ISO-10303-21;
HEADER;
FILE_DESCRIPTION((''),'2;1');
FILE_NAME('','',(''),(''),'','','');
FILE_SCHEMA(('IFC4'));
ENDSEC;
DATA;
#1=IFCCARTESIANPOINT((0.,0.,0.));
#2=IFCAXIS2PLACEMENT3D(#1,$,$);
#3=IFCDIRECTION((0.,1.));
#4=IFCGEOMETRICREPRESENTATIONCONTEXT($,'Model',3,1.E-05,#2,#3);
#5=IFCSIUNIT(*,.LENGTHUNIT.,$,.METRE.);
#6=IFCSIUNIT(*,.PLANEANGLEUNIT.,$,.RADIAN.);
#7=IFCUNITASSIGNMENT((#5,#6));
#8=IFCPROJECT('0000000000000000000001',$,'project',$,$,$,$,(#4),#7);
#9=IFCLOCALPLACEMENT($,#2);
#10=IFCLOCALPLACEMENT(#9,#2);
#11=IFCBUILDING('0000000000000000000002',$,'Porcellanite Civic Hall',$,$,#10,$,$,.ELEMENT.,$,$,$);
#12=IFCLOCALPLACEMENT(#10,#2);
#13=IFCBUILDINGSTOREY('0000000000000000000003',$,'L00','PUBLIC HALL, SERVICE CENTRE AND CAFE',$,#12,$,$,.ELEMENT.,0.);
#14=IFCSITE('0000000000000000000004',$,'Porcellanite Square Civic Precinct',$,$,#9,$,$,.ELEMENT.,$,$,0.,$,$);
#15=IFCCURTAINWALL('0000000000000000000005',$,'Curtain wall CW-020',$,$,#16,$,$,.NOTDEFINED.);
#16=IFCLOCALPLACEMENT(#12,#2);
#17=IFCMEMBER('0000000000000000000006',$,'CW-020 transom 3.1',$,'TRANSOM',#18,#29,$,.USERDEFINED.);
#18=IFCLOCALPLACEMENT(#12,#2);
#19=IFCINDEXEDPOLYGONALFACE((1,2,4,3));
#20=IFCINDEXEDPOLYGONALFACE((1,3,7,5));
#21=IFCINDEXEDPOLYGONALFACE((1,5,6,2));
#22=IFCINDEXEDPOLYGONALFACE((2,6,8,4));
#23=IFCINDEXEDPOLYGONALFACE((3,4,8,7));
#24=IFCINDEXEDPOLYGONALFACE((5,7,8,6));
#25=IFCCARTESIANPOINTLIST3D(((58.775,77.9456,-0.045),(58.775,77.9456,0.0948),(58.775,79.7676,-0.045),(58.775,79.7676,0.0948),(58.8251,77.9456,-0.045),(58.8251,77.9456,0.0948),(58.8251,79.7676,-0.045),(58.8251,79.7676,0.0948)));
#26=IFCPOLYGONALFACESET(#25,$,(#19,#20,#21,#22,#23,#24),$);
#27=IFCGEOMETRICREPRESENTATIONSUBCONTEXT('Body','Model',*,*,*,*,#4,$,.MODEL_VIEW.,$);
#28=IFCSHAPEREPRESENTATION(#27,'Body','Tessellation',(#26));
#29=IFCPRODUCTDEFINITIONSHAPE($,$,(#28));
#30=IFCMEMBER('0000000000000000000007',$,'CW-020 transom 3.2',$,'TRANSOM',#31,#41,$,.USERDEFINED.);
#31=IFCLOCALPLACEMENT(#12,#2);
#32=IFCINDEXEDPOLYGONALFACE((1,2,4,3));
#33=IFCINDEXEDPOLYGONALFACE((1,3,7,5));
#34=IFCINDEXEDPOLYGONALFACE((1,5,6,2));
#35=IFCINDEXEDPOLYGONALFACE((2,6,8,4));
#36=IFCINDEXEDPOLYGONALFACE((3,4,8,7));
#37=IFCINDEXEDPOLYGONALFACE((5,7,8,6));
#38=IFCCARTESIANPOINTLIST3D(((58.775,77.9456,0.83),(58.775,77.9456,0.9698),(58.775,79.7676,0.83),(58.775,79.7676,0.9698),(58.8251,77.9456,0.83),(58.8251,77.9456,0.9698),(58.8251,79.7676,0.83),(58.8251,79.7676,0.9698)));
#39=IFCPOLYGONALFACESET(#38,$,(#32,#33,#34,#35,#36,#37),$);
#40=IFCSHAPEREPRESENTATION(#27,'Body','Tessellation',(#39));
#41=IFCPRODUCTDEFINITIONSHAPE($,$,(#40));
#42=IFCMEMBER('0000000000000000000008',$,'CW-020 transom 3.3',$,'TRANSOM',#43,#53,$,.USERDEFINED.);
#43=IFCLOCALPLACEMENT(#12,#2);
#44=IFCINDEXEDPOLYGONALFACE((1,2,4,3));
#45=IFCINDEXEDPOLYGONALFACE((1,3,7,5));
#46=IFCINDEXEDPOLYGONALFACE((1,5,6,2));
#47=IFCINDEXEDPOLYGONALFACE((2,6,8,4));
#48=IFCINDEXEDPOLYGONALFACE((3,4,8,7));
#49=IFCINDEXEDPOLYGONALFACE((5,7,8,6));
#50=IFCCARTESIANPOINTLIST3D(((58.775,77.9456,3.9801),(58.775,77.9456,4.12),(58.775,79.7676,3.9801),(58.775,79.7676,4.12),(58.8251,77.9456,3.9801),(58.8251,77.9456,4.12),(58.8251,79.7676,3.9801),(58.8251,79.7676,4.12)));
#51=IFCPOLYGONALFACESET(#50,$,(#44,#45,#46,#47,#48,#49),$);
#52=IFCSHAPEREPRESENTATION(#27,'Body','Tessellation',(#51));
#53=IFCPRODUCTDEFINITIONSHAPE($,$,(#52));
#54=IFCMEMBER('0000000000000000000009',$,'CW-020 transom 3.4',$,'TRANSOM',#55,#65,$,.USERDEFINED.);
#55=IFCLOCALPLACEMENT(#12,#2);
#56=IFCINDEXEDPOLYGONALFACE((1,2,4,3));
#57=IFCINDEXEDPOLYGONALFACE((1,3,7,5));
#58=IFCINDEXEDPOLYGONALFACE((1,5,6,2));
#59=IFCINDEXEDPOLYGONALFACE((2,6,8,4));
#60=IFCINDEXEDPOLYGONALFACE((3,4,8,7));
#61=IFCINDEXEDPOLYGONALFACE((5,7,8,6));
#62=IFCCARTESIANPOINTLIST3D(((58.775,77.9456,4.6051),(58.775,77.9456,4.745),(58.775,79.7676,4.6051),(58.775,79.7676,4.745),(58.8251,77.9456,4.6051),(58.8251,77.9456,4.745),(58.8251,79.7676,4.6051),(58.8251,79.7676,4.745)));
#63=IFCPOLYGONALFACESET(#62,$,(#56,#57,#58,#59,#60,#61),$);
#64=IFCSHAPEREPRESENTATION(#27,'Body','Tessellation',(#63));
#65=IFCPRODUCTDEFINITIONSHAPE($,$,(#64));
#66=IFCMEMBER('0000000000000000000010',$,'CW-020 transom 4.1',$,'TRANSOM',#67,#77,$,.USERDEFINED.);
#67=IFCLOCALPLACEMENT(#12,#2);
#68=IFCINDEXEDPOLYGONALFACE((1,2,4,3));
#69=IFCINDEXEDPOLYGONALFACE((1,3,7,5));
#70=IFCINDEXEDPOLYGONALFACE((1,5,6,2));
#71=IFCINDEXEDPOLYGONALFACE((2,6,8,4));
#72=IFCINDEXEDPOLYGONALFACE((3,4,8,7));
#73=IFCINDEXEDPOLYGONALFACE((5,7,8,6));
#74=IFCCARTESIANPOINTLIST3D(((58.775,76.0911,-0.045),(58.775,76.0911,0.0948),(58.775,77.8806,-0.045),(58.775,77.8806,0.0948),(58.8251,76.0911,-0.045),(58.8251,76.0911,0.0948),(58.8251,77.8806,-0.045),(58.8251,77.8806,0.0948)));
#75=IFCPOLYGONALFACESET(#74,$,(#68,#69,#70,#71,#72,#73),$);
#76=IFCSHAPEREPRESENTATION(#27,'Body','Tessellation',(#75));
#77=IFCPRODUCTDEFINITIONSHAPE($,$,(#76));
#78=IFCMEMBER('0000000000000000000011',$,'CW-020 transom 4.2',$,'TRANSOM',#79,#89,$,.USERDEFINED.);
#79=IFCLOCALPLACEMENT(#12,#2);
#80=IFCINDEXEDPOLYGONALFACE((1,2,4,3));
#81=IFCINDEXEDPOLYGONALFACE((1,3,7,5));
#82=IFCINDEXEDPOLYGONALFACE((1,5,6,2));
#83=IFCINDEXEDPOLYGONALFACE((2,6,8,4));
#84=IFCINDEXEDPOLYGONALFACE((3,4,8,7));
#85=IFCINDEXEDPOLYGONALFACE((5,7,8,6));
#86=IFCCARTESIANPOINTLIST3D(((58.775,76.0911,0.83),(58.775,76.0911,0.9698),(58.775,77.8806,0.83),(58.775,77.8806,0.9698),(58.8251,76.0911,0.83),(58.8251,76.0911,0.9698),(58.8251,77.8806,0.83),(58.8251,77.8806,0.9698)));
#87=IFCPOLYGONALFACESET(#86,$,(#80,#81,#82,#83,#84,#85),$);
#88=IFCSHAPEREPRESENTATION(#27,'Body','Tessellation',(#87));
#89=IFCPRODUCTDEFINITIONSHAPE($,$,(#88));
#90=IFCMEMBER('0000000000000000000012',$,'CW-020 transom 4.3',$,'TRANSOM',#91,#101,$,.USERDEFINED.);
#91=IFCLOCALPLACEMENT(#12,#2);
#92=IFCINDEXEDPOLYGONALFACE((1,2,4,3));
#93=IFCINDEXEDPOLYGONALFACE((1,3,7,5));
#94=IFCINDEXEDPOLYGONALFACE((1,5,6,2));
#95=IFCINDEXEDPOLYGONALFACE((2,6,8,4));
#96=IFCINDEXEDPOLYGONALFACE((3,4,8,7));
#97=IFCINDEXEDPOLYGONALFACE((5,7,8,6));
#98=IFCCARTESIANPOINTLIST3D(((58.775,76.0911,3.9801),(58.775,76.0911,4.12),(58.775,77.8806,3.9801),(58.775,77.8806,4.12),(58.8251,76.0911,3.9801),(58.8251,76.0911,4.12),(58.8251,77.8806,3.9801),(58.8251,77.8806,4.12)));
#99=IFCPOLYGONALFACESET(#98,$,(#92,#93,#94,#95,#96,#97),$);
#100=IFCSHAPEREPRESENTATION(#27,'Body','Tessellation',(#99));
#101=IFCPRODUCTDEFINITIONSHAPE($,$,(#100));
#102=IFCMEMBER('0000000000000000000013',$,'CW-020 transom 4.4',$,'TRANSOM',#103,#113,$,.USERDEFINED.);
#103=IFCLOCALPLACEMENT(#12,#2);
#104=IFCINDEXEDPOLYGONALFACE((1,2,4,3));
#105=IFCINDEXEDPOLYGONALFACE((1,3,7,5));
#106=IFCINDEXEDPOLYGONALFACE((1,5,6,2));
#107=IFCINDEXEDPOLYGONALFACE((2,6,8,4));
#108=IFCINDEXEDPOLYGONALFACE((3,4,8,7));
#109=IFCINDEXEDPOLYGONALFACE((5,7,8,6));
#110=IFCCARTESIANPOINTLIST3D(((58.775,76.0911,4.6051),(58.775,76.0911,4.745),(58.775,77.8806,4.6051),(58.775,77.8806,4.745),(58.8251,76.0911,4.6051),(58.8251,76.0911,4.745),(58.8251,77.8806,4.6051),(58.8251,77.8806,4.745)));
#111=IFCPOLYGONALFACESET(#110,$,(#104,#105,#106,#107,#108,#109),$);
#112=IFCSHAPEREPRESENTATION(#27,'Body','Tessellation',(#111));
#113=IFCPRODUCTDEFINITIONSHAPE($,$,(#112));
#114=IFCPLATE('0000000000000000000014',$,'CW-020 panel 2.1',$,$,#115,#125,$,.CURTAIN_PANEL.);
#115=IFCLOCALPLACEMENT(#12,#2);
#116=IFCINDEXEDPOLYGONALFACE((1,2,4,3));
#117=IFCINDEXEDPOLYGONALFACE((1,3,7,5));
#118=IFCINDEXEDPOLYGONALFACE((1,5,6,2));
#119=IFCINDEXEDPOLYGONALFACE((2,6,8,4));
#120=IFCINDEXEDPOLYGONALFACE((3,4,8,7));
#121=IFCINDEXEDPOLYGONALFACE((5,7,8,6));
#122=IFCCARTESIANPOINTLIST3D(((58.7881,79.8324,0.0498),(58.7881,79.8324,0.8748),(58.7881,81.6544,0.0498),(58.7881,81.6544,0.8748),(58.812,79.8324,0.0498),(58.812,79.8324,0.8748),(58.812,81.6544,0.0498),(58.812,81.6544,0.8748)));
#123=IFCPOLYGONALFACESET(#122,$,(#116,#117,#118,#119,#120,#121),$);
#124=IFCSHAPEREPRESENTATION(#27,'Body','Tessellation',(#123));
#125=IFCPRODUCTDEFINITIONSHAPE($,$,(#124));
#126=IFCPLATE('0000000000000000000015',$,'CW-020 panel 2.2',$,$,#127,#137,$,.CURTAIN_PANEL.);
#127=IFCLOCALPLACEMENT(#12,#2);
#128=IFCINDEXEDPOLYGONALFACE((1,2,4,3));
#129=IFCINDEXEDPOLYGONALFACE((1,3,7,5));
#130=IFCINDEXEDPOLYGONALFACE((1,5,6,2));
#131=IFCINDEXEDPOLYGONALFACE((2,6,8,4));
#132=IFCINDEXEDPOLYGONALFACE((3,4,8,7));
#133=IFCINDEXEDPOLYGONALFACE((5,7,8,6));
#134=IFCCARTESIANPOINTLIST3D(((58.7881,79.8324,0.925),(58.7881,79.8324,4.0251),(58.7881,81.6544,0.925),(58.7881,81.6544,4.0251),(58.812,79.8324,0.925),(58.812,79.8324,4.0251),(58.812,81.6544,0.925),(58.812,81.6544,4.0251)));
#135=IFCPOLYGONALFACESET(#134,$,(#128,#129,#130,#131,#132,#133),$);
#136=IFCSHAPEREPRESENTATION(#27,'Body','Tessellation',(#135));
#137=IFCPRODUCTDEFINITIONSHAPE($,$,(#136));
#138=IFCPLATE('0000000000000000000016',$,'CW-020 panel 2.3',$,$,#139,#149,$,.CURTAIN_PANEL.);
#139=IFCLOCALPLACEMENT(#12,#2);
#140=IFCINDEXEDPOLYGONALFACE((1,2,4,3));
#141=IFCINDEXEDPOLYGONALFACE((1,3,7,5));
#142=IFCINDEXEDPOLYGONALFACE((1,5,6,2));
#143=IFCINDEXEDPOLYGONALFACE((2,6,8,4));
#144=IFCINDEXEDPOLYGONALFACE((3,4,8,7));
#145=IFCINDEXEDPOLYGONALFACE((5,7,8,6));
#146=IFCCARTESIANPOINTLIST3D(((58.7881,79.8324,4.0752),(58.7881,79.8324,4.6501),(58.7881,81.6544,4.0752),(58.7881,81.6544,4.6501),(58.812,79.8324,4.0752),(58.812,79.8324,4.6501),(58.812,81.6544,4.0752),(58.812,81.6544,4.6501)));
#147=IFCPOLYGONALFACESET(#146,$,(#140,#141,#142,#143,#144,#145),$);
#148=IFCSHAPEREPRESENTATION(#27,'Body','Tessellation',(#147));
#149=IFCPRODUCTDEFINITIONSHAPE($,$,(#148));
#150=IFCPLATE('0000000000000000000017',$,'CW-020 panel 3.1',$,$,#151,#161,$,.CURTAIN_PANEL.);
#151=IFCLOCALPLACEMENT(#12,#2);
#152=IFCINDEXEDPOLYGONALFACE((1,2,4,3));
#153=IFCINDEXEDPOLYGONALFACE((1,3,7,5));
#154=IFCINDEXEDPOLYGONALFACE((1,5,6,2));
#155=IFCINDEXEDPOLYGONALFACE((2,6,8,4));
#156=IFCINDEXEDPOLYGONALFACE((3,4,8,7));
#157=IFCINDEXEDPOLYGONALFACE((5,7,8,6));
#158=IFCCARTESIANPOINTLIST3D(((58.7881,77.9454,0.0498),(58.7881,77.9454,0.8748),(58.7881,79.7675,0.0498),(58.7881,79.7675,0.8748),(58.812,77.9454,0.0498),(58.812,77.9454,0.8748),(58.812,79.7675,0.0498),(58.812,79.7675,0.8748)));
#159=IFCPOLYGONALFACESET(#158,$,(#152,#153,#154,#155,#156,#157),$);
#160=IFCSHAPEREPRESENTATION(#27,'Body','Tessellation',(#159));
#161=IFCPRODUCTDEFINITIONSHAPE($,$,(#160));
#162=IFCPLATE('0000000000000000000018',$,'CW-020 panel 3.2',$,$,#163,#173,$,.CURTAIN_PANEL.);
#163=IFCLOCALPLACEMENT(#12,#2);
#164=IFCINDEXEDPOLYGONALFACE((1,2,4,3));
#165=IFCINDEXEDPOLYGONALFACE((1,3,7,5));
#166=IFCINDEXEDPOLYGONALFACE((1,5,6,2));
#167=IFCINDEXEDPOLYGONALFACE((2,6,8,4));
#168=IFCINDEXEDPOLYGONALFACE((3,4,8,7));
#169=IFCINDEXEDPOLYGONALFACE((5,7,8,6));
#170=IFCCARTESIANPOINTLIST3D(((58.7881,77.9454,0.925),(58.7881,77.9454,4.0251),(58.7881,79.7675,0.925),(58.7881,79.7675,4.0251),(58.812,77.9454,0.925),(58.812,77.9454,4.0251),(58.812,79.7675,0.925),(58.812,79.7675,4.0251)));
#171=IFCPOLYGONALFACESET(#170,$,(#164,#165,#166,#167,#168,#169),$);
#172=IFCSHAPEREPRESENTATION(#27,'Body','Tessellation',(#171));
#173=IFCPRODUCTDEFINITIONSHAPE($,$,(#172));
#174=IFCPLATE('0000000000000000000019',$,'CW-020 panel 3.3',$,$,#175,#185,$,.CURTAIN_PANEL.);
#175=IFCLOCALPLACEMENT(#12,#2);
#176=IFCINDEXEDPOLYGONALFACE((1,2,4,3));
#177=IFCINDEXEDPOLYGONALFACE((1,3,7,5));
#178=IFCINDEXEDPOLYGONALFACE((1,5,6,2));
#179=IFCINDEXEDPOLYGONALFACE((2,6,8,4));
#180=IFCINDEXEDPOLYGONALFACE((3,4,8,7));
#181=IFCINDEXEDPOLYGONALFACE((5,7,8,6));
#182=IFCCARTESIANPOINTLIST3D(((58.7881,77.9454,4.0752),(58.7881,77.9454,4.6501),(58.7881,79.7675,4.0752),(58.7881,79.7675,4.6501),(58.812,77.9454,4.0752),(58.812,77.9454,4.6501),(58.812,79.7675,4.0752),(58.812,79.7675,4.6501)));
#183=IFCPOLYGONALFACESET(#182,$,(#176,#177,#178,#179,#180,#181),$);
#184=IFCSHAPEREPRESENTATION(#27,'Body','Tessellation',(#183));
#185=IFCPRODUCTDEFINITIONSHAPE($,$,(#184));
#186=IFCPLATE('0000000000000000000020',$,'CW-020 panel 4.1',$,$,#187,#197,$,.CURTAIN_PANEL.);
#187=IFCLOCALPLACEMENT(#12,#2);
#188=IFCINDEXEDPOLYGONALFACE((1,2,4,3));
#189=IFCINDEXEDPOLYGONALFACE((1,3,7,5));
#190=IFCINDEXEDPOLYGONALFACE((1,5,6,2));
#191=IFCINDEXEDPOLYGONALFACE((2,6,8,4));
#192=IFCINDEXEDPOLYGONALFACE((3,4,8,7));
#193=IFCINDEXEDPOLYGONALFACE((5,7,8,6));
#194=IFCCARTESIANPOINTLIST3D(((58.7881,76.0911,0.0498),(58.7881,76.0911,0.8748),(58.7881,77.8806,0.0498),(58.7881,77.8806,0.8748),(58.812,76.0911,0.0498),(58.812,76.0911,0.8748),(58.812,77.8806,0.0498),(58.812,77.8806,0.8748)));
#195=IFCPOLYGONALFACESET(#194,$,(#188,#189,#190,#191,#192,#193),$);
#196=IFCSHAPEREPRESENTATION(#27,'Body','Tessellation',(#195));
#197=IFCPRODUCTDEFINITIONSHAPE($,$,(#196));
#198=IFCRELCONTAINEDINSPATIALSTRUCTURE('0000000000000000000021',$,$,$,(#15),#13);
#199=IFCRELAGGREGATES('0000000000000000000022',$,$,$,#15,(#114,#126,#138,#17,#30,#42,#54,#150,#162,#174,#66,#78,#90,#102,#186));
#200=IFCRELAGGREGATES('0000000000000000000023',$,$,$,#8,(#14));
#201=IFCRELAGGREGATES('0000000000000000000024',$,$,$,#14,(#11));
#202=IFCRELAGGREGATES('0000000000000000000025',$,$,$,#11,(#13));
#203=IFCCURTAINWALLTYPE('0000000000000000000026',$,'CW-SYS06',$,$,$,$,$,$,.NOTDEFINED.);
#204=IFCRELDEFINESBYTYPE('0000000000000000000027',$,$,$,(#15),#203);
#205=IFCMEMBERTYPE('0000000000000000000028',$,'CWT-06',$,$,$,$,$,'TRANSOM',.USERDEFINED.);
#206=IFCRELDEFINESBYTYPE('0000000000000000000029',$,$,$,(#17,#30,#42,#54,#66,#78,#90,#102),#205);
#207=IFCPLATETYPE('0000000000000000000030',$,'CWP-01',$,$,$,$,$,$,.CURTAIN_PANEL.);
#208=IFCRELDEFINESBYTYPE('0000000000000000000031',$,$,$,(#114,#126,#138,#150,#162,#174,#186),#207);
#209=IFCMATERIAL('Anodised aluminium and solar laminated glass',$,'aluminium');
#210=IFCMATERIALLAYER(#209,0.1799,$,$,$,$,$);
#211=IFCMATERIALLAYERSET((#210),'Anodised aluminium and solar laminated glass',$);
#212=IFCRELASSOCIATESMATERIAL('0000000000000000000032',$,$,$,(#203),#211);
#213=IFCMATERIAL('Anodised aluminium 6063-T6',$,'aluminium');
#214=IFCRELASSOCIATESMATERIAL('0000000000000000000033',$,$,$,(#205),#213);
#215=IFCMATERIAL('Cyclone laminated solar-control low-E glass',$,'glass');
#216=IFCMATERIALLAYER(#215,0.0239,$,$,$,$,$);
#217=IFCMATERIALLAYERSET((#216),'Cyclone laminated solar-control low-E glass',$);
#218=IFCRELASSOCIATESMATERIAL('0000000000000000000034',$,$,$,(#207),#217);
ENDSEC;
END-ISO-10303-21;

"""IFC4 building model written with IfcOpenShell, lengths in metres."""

from ifc_helpers import new_model, si_unit, direction, frame, origin, origin_2d, place, context, subcontext, project, spatial, rectangle, extrude, material, layer, layer_set, material_profile, profile_set, type_object, element, aggregate, save


model = new_model("IFC4")

# Units and contexts
model_context = context("Model", 3, precision=1e-05, world=origin(), true_north=direction((0.0, 1.0)))
body_context = subcontext(model_context, "Body", "Model", "MODEL_VIEW")
ifc_project = project(units=[si_unit("LENGTHUNIT", "METRE"), si_unit("PLANEANGLEUNIT", "RADIAN")], contexts=[model_context])

# Site, building, storey
site_placement = place(None, origin())
site = spatial("IfcSite", under=ifc_project, at=site_placement, Name="Porcellanite Square Civic Precinct", CompositionType="ELEMENT", RefElevation=0.0)
building_placement = place(site_placement, origin())
building = spatial("IfcBuilding", under=site, at=building_placement, Name="Porcellanite Civic Hall", CompositionType="ELEMENT")
storey_placement = place(building_placement, origin())
storey = spatial("IfcBuildingStorey", under=building, at=storey_placement, Name="L00", Description="PUBLIC HALL, SERVICE CENTRE AND CAFE", CompositionType="ELEMENT", Elevation=0.0)

# Curtain wall
ifc_material_1 = material(Name="Anodised aluminium and solar laminated glass", Category="aluminium")
ifc_layer_1 = layer(ifc_material_1, 0.1799)
ifc_layer_set_1 = layer_set([ifc_layer_1], Name="Anodised aluminium and solar laminated glass")
curtain_wall_type_1 = type_object("IfcCurtainWallType", Name="CW-SYS06", PredefinedType="NOTDEFINED", material=ifc_layer_set_1)
curtain_wall_1_placement = place(storey_placement, origin())
curtain_wall_1 = element("IfcCurtainWall", 1, at=curtain_wall_1_placement, inside=storey, type_object=curtain_wall_type_1, Name="Curtain wall CW-020", PredefinedType="NOTDEFINED")

# Members
ifc_material_2 = material(Name="Anodised aluminium 6063-T6", Category="aluminium")
ifc_material_profile_1 = material_profile(ifc_material_2, rectangle(XDim=0.05, YDim=0.1399, at=origin_2d()), Name="AL-50x140")
ifc_profile_set_1 = profile_set([ifc_material_profile_1], Name="Anodised aluminium 6063-T6")
member_type_1 = type_object("IfcMemberType", Name="CWT-06", ElementType="TRANSOM", PredefinedType="USERDEFINED", material=ifc_profile_set_1)
member_1_placement = place(storey_placement, frame((58.8, 79.7676, 0.0249), z_axis=(0.0, -1.0, 0.0), x_axis=(1.0, 0.0, 0.0)))
member_1 = element("IfcMember", 2, at=member_1_placement, type_object=member_type_1, Name="CW-020 transom 3.1", ObjectType="TRANSOM", PredefinedType="USERDEFINED", context=body_context, shape_type="SweptSolid", body=[
    extrude(rectangle(XDim=0.05, YDim=0.1399, at=origin_2d()), origin(), (0.0, 0.0, 1.0), 1.822),
])
member_2_placement = place(storey_placement, frame((58.8, 79.7676, 0.8999), z_axis=(0.0, -1.0, 0.0), x_axis=(1.0, 0.0, 0.0)))
member_2 = element("IfcMember", 3, at=member_2_placement, type_object=member_type_1, Name="CW-020 transom 3.2", ObjectType="TRANSOM", PredefinedType="USERDEFINED", context=body_context, shape_type="SweptSolid", body=[
    extrude(rectangle(XDim=0.05, YDim=0.1399, at=origin_2d()), origin(), (0.0, 0.0, 1.0), 1.822),
])
member_3_placement = place(storey_placement, frame((58.8, 79.7676, 4.05), z_axis=(0.0, -1.0, 0.0), x_axis=(1.0, 0.0, 0.0)))
member_3 = element("IfcMember", 4, at=member_3_placement, type_object=member_type_1, Name="CW-020 transom 3.3", ObjectType="TRANSOM", PredefinedType="USERDEFINED", context=body_context, shape_type="SweptSolid", body=[
    extrude(rectangle(XDim=0.05, YDim=0.1399, at=origin_2d()), origin(), (0.0, 0.0, 1.0), 1.822),
])
member_4_placement = place(storey_placement, frame((58.8, 79.7676, 4.675), z_axis=(0.0, -1.0, 0.0), x_axis=(1.0, 0.0, 0.0)))
member_4 = element("IfcMember", 5, at=member_4_placement, type_object=member_type_1, Name="CW-020 transom 3.4", ObjectType="TRANSOM", PredefinedType="USERDEFINED", context=body_context, shape_type="SweptSolid", body=[
    extrude(rectangle(XDim=0.05, YDim=0.1399, at=origin_2d()), origin(), (0.0, 0.0, 1.0), 1.822),
])
member_5_placement = place(storey_placement, frame((58.8, 77.8806, 0.0249), z_axis=(0.0, -1.0, 0.0), x_axis=(1.0, 0.0, 0.0)))
member_5 = element("IfcMember", 6, at=member_5_placement, type_object=member_type_1, Name="CW-020 transom 4.1", ObjectType="TRANSOM", PredefinedType="USERDEFINED", context=body_context, shape_type="SweptSolid", body=[
    extrude(rectangle(XDim=0.05, YDim=0.1399, at=origin_2d()), origin(), (0.0, 0.0, 1.0), 1.7896),
])
member_6_placement = place(storey_placement, frame((58.8, 77.8806, 0.8999), z_axis=(0.0, -1.0, 0.0), x_axis=(1.0, 0.0, 0.0)))
member_6 = element("IfcMember", 7, at=member_6_placement, type_object=member_type_1, Name="CW-020 transom 4.2", ObjectType="TRANSOM", PredefinedType="USERDEFINED", context=body_context, shape_type="SweptSolid", body=[
    extrude(rectangle(XDim=0.05, YDim=0.1399, at=origin_2d()), origin(), (0.0, 0.0, 1.0), 1.7896),
])
member_7_placement = place(storey_placement, frame((58.8, 77.8806, 4.05), z_axis=(0.0, -1.0, 0.0), x_axis=(1.0, 0.0, 0.0)))
member_7 = element("IfcMember", 8, at=member_7_placement, type_object=member_type_1, Name="CW-020 transom 4.3", ObjectType="TRANSOM", PredefinedType="USERDEFINED", context=body_context, shape_type="SweptSolid", body=[
    extrude(rectangle(XDim=0.05, YDim=0.1399, at=origin_2d()), origin(), (0.0, 0.0, 1.0), 1.7896),
])
member_8_placement = place(storey_placement, frame((58.8, 77.8806, 4.675), z_axis=(0.0, -1.0, 0.0), x_axis=(1.0, 0.0, 0.0)))
member_8 = element("IfcMember", 9, at=member_8_placement, type_object=member_type_1, Name="CW-020 transom 4.4", ObjectType="TRANSOM", PredefinedType="USERDEFINED", context=body_context, shape_type="SweptSolid", body=[
    extrude(rectangle(XDim=0.05, YDim=0.1399, at=origin_2d()), origin(), (0.0, 0.0, 1.0), 1.7896),
])

# Plates
ifc_material_3 = material(Name="Cyclone laminated solar-control low-E glass", Category="glass")
ifc_layer_2 = layer(ifc_material_3, 0.0239)
ifc_layer_set_2 = layer_set([ifc_layer_2], Name="Cyclone laminated solar-control low-E glass")
plate_type_1 = type_object("IfcPlateType", Name="CWP-01", PredefinedType="CURTAIN_PANEL", material=ifc_layer_set_2)
plate_1_placement = place(storey_placement, frame((58.8, 80.7434, 0.0498), z_axis=(0.0, 0.0, 1.0), x_axis=(0.0, -1.0, 0.0)))
plate_1 = element("IfcPlate", 10, at=plate_1_placement, type_object=plate_type_1, Name="CW-020 panel 2.1", PredefinedType="CURTAIN_PANEL", context=body_context, shape_type="SweptSolid", body=[
    extrude(rectangle(XDim=1.822, YDim=0.0239, at=origin_2d()), origin(), (0.0, 0.0, 1.0), 0.825),
])
plate_2_placement = place(storey_placement, frame((58.8, 80.7434, 0.925), z_axis=(0.0, 0.0, 1.0), x_axis=(0.0, -1.0, 0.0)))
plate_2 = element("IfcPlate", 11, at=plate_2_placement, type_object=plate_type_1, Name="CW-020 panel 2.2", PredefinedType="CURTAIN_PANEL", context=body_context, shape_type="SweptSolid", body=[
    extrude(rectangle(XDim=1.822, YDim=0.0239, at=origin_2d()), origin(), (0.0, 0.0, 1.0), 3.1001),
])
plate_3_placement = place(storey_placement, frame((58.8, 80.7434, 4.0752), z_axis=(0.0, 0.0, 1.0), x_axis=(0.0, -1.0, 0.0)))
plate_3 = element("IfcPlate", 12, at=plate_3_placement, type_object=plate_type_1, Name="CW-020 panel 2.3", PredefinedType="CURTAIN_PANEL", context=body_context, shape_type="SweptSolid", body=[
    extrude(rectangle(XDim=1.822, YDim=0.0239, at=origin_2d()), origin(), (0.0, 0.0, 1.0), 0.575),
])
plate_4_placement = place(storey_placement, frame((58.8, 78.8564, 0.0498), z_axis=(0.0, 0.0, 1.0), x_axis=(0.0, -1.0, 0.0)))
plate_4 = element("IfcPlate", 13, at=plate_4_placement, type_object=plate_type_1, Name="CW-020 panel 3.1", PredefinedType="CURTAIN_PANEL", context=body_context, shape_type="SweptSolid", body=[
    extrude(rectangle(XDim=1.822, YDim=0.0239, at=origin_2d()), origin(), (0.0, 0.0, 1.0), 0.825),
])
plate_5_placement = place(storey_placement, frame((58.8, 78.8564, 0.925), z_axis=(0.0, 0.0, 1.0), x_axis=(0.0, -1.0, 0.0)))
plate_5 = element("IfcPlate", 14, at=plate_5_placement, type_object=plate_type_1, Name="CW-020 panel 3.2", PredefinedType="CURTAIN_PANEL", context=body_context, shape_type="SweptSolid", body=[
    extrude(rectangle(XDim=1.822, YDim=0.0239, at=origin_2d()), origin(), (0.0, 0.0, 1.0), 3.1001),
])
plate_6_placement = place(storey_placement, frame((58.8, 78.8564, 4.0752), z_axis=(0.0, 0.0, 1.0), x_axis=(0.0, -1.0, 0.0)))
plate_6 = element("IfcPlate", 15, at=plate_6_placement, type_object=plate_type_1, Name="CW-020 panel 3.3", PredefinedType="CURTAIN_PANEL", context=body_context, shape_type="SweptSolid", body=[
    extrude(rectangle(XDim=1.822, YDim=0.0239, at=origin_2d()), origin(), (0.0, 0.0, 1.0), 0.575),
])
plate_7_placement = place(storey_placement, frame((58.8, 76.9858, 0.0498), z_axis=(0.0, 0.0, 1.0), x_axis=(0.0, -1.0, 0.0)))
plate_7 = element("IfcPlate", 16, at=plate_7_placement, type_object=plate_type_1, Name="CW-020 panel 4.1", PredefinedType="CURTAIN_PANEL", context=body_context, shape_type="SweptSolid", body=[
    extrude(rectangle(XDim=1.7896, YDim=0.0239, at=origin_2d()), origin(), (0.0, 0.0, 1.0), 0.825),
])
aggregate(curtain_wall_1, [plate_1, plate_2, plate_3, member_1, member_2, member_3, member_4, plate_4, plate_5, plate_6, member_5, member_6, member_7, member_8, plate_7])

save(model, "model.ifc")
